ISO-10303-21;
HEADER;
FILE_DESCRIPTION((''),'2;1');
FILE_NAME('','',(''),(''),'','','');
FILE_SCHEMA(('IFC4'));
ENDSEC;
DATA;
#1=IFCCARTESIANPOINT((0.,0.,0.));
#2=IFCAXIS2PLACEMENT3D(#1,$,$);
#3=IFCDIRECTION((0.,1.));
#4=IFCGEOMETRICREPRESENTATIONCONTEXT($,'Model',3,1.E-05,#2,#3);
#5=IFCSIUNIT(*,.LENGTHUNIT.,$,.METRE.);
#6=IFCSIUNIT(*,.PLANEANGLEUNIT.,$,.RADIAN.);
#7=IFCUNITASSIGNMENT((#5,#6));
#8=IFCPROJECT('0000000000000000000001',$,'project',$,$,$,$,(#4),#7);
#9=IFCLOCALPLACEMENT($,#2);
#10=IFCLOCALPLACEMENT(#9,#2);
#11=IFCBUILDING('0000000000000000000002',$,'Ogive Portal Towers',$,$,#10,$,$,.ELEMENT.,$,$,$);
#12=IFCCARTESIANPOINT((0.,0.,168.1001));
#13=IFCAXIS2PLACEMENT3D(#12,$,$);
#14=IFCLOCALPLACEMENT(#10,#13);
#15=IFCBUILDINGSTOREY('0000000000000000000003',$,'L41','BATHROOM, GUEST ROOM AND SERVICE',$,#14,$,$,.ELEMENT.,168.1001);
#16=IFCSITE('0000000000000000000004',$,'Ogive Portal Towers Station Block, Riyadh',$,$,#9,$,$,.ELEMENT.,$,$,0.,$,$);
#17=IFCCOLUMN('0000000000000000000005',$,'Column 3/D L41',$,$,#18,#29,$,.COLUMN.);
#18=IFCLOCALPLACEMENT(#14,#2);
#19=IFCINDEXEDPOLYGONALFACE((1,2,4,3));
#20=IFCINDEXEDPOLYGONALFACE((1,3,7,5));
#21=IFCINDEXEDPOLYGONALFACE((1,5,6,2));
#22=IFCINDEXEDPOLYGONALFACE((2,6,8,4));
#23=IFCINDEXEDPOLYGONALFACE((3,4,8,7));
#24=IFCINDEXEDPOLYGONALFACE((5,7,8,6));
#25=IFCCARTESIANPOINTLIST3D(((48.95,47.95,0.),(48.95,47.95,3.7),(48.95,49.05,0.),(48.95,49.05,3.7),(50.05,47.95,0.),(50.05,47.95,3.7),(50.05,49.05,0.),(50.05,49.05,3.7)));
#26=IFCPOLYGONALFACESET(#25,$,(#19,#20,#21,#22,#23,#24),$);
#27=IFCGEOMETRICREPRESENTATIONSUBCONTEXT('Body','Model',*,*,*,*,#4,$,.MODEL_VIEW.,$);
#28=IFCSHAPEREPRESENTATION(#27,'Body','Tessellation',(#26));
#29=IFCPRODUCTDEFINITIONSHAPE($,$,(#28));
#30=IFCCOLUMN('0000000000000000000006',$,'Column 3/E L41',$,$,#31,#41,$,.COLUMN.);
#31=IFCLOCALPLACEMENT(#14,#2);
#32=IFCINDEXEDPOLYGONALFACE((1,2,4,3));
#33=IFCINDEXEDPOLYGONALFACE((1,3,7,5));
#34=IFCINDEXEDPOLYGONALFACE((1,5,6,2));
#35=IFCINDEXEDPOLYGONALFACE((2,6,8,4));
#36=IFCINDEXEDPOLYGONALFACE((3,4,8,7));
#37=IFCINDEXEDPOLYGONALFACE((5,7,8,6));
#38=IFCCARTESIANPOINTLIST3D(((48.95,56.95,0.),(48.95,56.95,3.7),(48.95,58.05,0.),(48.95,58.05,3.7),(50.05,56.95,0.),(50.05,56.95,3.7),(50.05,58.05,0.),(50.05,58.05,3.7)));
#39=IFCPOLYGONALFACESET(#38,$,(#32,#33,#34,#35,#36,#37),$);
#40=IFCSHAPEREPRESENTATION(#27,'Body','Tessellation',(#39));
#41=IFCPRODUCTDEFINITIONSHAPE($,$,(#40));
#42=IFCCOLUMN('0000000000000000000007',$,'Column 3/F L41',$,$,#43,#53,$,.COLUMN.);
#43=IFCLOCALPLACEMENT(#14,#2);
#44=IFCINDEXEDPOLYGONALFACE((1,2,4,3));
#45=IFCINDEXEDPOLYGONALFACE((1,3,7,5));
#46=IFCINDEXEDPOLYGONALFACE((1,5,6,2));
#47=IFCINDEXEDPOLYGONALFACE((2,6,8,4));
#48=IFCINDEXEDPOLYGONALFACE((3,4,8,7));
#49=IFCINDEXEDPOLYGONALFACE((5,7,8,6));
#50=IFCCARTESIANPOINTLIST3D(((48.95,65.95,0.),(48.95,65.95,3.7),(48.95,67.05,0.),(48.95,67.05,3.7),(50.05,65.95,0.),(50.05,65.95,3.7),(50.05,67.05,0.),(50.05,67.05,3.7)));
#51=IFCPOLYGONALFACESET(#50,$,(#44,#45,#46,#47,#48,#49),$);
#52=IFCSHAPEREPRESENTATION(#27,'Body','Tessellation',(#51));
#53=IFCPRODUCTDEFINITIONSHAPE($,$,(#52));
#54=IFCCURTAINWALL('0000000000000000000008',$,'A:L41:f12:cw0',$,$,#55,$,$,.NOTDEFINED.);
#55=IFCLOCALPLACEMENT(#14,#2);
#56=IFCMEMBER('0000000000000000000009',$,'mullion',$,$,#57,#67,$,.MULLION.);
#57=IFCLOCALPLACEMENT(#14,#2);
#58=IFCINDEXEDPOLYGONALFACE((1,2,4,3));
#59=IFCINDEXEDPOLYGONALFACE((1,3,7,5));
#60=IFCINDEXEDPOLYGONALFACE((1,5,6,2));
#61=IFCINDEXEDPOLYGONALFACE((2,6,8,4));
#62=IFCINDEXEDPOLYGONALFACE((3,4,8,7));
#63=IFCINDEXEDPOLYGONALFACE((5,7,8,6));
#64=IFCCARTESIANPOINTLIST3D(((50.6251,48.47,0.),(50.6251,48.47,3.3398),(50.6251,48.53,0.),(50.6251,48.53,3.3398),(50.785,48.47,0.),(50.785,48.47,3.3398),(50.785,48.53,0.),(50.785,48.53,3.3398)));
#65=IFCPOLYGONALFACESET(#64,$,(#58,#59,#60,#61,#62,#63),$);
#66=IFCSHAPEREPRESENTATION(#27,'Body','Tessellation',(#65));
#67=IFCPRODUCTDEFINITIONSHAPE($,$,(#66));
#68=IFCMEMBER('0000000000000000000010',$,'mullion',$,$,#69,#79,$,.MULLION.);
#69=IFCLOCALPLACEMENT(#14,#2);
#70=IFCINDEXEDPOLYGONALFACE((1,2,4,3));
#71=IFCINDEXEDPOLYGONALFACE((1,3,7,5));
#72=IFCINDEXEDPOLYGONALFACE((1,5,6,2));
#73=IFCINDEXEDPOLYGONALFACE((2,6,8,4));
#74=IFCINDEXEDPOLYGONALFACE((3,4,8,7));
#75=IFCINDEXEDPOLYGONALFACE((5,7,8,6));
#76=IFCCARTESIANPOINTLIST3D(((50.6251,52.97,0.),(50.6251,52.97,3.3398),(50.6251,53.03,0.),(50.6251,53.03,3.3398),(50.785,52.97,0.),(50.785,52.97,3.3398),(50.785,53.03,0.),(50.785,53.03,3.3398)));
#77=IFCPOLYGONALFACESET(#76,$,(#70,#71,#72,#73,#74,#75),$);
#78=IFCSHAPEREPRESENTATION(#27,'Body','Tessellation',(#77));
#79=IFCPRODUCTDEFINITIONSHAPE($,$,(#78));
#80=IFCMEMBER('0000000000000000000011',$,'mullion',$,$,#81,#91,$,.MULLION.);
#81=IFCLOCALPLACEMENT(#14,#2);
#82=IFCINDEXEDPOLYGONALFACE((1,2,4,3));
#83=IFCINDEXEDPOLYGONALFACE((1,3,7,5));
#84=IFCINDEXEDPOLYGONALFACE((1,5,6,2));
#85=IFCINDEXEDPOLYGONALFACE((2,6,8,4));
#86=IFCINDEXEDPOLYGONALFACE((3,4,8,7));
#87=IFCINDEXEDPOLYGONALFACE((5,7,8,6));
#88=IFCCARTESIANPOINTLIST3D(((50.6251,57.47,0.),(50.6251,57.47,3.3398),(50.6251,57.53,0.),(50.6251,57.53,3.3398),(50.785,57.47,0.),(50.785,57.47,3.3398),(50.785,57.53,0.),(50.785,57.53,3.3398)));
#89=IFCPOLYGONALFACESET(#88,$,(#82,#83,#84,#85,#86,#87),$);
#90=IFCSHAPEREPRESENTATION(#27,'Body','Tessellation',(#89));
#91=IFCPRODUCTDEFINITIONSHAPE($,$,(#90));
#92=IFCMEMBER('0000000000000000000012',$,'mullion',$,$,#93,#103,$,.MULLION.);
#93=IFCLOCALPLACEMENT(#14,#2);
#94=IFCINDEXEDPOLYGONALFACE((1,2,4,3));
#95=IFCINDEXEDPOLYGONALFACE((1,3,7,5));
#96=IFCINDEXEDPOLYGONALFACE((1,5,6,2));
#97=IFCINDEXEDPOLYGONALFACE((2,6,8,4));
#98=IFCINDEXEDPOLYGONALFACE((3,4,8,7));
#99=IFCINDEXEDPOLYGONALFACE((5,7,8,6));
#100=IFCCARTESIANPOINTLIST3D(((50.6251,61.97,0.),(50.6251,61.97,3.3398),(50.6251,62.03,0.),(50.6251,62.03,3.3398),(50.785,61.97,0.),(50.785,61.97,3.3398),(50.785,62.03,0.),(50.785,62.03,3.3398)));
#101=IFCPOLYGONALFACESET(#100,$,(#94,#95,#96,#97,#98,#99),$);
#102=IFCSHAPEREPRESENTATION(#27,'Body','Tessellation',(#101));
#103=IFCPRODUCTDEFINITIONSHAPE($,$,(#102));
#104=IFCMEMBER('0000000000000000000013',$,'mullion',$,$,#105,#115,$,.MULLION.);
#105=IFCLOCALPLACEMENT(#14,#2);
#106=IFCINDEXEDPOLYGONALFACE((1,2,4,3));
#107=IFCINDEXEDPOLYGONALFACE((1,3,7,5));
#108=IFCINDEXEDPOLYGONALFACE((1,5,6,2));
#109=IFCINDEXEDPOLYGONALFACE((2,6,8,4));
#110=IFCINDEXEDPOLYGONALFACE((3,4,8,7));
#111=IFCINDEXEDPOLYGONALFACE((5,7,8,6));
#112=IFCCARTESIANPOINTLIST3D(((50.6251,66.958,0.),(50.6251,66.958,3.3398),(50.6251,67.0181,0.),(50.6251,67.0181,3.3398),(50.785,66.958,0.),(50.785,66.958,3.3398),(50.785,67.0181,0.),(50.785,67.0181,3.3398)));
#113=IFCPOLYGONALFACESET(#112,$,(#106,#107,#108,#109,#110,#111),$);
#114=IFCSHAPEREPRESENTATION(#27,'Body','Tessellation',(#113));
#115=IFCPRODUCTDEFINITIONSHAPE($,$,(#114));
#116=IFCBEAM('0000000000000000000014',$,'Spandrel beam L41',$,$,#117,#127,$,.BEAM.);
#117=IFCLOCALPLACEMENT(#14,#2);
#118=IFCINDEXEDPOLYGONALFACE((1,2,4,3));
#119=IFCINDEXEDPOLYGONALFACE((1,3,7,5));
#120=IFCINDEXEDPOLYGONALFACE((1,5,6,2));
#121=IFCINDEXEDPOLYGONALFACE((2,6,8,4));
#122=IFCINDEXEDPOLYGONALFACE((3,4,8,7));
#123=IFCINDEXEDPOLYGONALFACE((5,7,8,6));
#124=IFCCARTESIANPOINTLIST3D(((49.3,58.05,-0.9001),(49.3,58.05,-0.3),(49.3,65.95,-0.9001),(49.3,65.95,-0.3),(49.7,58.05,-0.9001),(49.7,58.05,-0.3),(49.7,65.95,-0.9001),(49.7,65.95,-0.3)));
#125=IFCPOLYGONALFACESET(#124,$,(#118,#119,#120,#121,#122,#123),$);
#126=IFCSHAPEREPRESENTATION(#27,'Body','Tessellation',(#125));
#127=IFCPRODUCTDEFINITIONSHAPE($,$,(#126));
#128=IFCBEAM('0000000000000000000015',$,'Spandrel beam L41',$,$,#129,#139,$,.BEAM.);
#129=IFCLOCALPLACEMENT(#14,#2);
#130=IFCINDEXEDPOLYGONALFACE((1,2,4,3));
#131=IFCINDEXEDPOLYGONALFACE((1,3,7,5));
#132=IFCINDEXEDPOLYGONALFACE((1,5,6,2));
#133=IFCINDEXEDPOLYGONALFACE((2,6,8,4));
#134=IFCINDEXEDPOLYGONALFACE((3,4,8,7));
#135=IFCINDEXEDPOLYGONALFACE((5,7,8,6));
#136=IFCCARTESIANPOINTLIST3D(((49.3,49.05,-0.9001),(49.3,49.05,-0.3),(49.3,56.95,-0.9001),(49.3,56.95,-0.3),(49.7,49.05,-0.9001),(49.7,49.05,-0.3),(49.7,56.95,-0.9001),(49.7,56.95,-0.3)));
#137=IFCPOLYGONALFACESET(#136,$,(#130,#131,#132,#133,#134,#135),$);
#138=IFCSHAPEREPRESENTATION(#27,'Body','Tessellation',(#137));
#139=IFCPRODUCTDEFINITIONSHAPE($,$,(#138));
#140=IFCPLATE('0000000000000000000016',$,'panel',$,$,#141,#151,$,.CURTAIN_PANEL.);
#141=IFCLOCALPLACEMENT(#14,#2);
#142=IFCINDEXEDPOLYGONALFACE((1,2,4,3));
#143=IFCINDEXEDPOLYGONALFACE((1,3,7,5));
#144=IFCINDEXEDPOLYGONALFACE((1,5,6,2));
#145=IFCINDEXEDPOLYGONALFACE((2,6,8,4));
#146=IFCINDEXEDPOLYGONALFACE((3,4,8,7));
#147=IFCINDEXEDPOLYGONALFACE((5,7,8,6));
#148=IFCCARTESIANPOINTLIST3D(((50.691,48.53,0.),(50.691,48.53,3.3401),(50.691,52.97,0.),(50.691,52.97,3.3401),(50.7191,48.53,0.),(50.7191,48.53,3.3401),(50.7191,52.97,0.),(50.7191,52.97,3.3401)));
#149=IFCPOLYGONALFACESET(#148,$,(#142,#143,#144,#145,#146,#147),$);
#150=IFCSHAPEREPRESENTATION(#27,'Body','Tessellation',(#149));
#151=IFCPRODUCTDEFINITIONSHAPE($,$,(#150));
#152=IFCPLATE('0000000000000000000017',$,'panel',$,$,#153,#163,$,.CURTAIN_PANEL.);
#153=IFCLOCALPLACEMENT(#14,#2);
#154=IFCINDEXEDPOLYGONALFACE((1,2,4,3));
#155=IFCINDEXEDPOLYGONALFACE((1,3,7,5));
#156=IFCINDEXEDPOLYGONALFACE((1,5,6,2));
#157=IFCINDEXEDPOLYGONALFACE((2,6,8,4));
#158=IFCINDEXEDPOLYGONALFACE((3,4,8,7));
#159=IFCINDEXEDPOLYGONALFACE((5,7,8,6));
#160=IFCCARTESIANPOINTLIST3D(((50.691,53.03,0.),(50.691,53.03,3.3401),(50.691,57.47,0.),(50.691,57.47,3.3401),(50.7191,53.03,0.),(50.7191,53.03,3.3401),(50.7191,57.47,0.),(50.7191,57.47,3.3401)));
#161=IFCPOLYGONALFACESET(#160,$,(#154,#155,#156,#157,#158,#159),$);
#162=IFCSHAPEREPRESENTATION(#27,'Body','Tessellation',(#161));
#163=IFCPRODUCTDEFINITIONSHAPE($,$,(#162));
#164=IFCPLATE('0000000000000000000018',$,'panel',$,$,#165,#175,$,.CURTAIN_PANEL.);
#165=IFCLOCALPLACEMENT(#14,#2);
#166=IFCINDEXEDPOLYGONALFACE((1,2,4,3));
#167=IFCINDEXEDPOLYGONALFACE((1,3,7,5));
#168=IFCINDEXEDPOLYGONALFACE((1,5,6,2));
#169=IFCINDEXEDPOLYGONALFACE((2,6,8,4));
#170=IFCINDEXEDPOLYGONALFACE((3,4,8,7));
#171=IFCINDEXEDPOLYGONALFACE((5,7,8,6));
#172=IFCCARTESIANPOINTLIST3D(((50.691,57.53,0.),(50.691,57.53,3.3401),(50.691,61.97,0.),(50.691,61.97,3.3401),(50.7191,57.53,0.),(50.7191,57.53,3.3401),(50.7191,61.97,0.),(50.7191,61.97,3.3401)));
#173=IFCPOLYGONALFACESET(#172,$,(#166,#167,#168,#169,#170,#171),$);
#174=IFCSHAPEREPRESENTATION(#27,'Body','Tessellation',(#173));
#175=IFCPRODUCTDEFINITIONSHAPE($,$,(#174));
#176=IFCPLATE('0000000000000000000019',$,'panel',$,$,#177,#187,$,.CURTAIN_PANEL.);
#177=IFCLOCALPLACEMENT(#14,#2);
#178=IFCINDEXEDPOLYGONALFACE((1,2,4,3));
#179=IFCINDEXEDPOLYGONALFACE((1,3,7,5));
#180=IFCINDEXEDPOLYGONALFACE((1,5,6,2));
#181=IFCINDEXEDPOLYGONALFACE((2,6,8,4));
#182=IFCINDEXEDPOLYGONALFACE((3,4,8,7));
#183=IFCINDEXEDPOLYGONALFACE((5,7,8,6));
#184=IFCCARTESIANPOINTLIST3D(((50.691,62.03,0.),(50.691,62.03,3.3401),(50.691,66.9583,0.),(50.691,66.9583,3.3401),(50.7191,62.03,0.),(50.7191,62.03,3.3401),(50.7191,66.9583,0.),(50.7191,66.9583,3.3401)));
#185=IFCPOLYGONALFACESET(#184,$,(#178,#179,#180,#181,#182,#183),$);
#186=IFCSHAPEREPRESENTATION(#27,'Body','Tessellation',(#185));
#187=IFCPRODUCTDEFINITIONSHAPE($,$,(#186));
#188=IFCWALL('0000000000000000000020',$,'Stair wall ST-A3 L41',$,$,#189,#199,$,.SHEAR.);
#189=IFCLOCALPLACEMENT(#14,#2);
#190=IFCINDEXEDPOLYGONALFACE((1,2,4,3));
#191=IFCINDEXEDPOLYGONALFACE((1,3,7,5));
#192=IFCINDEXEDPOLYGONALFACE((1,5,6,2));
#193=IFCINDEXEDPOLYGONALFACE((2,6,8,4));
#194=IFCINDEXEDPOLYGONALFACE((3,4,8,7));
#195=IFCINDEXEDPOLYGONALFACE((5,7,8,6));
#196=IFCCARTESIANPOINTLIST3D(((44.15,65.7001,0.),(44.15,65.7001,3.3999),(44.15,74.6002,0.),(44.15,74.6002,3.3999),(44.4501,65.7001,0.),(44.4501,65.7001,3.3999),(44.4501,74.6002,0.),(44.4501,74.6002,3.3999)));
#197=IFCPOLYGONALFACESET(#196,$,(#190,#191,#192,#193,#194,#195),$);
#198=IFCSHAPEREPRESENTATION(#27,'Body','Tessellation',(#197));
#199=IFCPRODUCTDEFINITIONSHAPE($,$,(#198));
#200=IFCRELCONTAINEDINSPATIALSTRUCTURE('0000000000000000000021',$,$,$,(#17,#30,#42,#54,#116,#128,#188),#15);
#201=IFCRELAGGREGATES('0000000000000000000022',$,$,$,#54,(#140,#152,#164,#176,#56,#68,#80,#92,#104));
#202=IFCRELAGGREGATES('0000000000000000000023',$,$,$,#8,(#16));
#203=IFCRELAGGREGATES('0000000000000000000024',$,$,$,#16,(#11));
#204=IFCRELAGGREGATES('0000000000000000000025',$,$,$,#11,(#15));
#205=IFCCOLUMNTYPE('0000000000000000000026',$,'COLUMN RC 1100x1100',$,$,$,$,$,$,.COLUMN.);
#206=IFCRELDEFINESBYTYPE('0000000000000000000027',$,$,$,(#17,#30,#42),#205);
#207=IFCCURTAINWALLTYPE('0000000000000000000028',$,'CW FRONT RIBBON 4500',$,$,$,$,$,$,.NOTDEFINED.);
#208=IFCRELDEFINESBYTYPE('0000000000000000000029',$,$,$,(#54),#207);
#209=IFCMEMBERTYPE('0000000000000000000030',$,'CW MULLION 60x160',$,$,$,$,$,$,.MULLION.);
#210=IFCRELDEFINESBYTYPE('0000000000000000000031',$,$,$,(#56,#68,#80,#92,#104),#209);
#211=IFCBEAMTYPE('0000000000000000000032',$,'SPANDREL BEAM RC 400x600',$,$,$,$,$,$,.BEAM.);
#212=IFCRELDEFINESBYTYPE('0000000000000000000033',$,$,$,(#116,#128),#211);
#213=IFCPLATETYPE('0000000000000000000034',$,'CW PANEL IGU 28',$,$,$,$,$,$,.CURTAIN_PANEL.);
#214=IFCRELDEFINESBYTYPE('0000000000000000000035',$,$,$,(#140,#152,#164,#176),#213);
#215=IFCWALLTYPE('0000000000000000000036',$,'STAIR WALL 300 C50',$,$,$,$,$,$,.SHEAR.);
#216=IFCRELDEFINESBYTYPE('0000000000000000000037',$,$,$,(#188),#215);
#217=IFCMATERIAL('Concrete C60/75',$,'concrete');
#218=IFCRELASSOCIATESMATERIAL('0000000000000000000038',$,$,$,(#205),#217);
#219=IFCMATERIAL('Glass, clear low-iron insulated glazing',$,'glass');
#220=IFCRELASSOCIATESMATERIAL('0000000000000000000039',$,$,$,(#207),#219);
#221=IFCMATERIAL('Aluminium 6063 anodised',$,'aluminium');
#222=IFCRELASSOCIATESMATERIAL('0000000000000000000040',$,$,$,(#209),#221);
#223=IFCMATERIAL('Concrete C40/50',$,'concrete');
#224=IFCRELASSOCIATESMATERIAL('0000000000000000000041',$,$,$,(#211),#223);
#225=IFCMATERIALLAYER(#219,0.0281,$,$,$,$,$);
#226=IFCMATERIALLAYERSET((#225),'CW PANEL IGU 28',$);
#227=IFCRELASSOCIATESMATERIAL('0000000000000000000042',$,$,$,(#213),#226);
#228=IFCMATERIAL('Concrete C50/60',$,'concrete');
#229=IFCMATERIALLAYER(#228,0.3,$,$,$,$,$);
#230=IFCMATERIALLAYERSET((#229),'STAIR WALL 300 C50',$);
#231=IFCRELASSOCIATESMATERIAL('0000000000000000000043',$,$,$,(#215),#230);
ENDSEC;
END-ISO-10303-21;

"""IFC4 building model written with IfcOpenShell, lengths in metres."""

from ifc_helpers import new_model, si_unit, direction, frame, frame_2d, origin, origin_2d, place, context, subcontext, project, spatial, rectangle, extrude, material, layer, layer_set, material_profile, profile_set, type_object, element, aggregate, save


model = new_model("IFC4")

# Units and contexts
model_context = context("Model", 3, precision=1e-05, world=origin(), true_north=direction((0.0, 1.0)))
body_context = subcontext(model_context, "Body", "Model", "MODEL_VIEW")
ifc_project = project(units=[si_unit("LENGTHUNIT", "METRE"), si_unit("PLANEANGLEUNIT", "RADIAN")], contexts=[model_context])

# Site, building, storey
site_placement = place(None, origin())
site = spatial("IfcSite", under=ifc_project, at=site_placement, Name="Ogive Portal Towers Station Block, Riyadh", CompositionType="ELEMENT", RefElevation=0.0)
building_placement = place(site_placement, origin())
building = spatial("IfcBuilding", under=site, at=building_placement, Name="Ogive Portal Towers", CompositionType="ELEMENT")
storey_placement = place(building_placement, frame((0.0, 0.0, 168.1001)))
storey = spatial("IfcBuildingStorey", under=building, at=storey_placement, Name="L41", Description="BATHROOM, GUEST ROOM AND SERVICE", CompositionType="ELEMENT", Elevation=168.1001)

# Columns
ifc_material_1 = material(Name="Concrete C60/75", Category="concrete")
ifc_material_profile_1 = material_profile(ifc_material_1, rectangle(XDim=1.1001, YDim=1.1001, at=origin_2d()), Name="RC 1100x1100")
ifc_profile_set_1 = profile_set([ifc_material_profile_1], Name="Concrete C60/75")
column_type = type_object("IfcColumnType", Name="COLUMN RC 1100x1100", PredefinedType="COLUMN", material=ifc_profile_set_1)
for number, where, z_axis, x_axis, name in (
    (1, (49.5, 48.5, 0.0), (0.0, 0.0, 1.0), (1.0, 0.0, 0.0), "Column 3/D L41"),
    (2, (49.5, 57.5, 0.0), (0.0, 0.0, 1.0), (1.0, 0.0, 0.0), "Column 3/E L41"),
    (3, (49.5, 66.5, 0.0), (0.0, 0.0, 1.0), (1.0, 0.0, 0.0), "Column 3/F L41"),
):
    element("IfcColumn", number, at=place(storey_placement, frame(where, z_axis=z_axis, x_axis=x_axis)), inside=storey, type_object=column_type, Name=name, PredefinedType="COLUMN", context=body_context, shape_type="SweptSolid", body=[
        extrude(rectangle(XDim=1.1001, YDim=1.1001, at=origin_2d()), origin(), (0.0, 0.0, 1.0), 3.7),
    ])

# Curtain wall, members
ifc_material_2 = material(Name="Glass, clear low-iron insulated glazing", Category="glass")
curtain_wall_type = type_object("IfcCurtainWallType", Name="CW FRONT RIBBON 4500", PredefinedType="NOTDEFINED", material=ifc_material_2)
curtain_wall_placement = place(storey_placement, origin())
curtain_wall = element("IfcCurtainWall", 4, at=curtain_wall_placement, inside=storey, type_object=curtain_wall_type, Name="A:L41:f12:cw0", PredefinedType="NOTDEFINED")
ifc_material_3 = material(Name="Aluminium 6063 anodised", Category="aluminium")
ifc_material_profile_2 = material_profile(ifc_material_3, rectangle(XDim=0.1599, YDim=0.0601, at=origin_2d()), Name="AL 60x160")
ifc_profile_set_2 = profile_set([ifc_material_profile_2], Name="Aluminium 6063 anodised")
member_type = type_object("IfcMemberType", Name="CW MULLION 60x160", PredefinedType="MULLION", material=ifc_profile_set_2)
member_1_placement = place(storey_placement, frame((50.7051, 48.5, 0.0), z_axis=(0.0, 0.0, 1.0), x_axis=(-1.0, 0.0, 0.0)))
member_1 = element("IfcMember", 5, at=member_1_placement, type_object=member_type, Name="mullion", PredefinedType="MULLION", context=body_context, shape_type="SweptSolid", body=[
    extrude(rectangle(XDim=0.1599, YDim=0.0601, at=origin_2d()), origin(), (0.0, 0.0, 1.0), 3.3398),
])
member_2_placement = place(storey_placement, frame((50.7051, 53.0, 0.0), z_axis=(0.0, 0.0, 1.0), x_axis=(-1.0, 0.0, 0.0)))
member_2 = element("IfcMember", 6, at=member_2_placement, type_object=member_type, Name="mullion", PredefinedType="MULLION", context=body_context, shape_type="SweptSolid", body=[
    extrude(rectangle(XDim=0.1599, YDim=0.0601, at=origin_2d()), origin(), (0.0, 0.0, 1.0), 3.3398),
])
member_3_placement = place(storey_placement, frame((50.7051, 57.5, 0.0), z_axis=(0.0, 0.0, 1.0), x_axis=(-1.0, 0.0, 0.0)))
member_3 = element("IfcMember", 7, at=member_3_placement, type_object=member_type, Name="mullion", PredefinedType="MULLION", context=body_context, shape_type="SweptSolid", body=[
    extrude(rectangle(XDim=0.1599, YDim=0.0601, at=origin_2d()), origin(), (0.0, 0.0, 1.0), 3.3398),
])
member_4_placement = place(storey_placement, frame((50.7051, 62.0, 0.0), z_axis=(0.0, 0.0, 1.0), x_axis=(-1.0, 0.0, 0.0)))
member_4 = element("IfcMember", 8, at=member_4_placement, type_object=member_type, Name="mullion", PredefinedType="MULLION", context=body_context, shape_type="SweptSolid", body=[
    extrude(rectangle(XDim=0.1599, YDim=0.0601, at=origin_2d()), origin(), (0.0, 0.0, 1.0), 3.3398),
])
member_5_placement = place(storey_placement, frame((50.7051, 66.988, 0.0), z_axis=(0.0, 0.0, 1.0), x_axis=(-1.0, 0.0, 0.0)))
member_5 = element("IfcMember", 9, at=member_5_placement, type_object=member_type, Name="mullion", PredefinedType="MULLION", context=body_context, shape_type="SweptSolid", body=[
    extrude(rectangle(XDim=0.1599, YDim=0.0601, at=origin_2d()), origin(), (0.0, 0.0, 1.0), 3.3398),
])

# Beams
ifc_material_4 = material(Name="Concrete C40/50", Category="concrete")
ifc_material_profile_3 = material_profile(ifc_material_4, rectangle(XDim=0.3999, YDim=0.6001, at=origin_2d()), Name="RC 400x600")
ifc_profile_set_3 = profile_set([ifc_material_profile_3], Name="Concrete C40/50")
beam_type = type_object("IfcBeamType", Name="SPANDREL BEAM RC 400x600", PredefinedType="BEAM", material=ifc_profile_set_3)
for number, where, z_axis, x_axis, name in (
    (10, (49.5, 65.95, -0.6001), (0.0, -1.0, 0.0), (1.0, 0.0, 0.0), "Spandrel beam L41"),
    (11, (49.5, 56.95, -0.6001), (0.0, -1.0, 0.0), (1.0, 0.0, 0.0), "Spandrel beam L41"),
):
    element("IfcBeam", number, at=place(storey_placement, frame(where, z_axis=z_axis, x_axis=x_axis)), inside=storey, type_object=beam_type, Name=name, PredefinedType="BEAM", context=body_context, shape_type="SweptSolid", body=[
        extrude(rectangle(XDim=0.3999, YDim=0.6001, at=origin_2d()), origin(), (0.0, 0.0, 1.0), 7.8999),
    ])

# Plates
ifc_layer_1 = layer(ifc_material_2, 0.0281)
ifc_layer_set_1 = layer_set([ifc_layer_1], Name="CW PANEL IGU 28")
plate_type = type_object("IfcPlateType", Name="CW PANEL IGU 28", PredefinedType="CURTAIN_PANEL", material=ifc_layer_set_1)
plate_1_placement = place(storey_placement, frame((50.7051, 50.75, 0.0), z_axis=(0.0, 0.0, 1.0), x_axis=(0.0, 1.0, 0.0)))
plate_1 = element("IfcPlate", 12, at=plate_1_placement, type_object=plate_type, Name="panel", PredefinedType="CURTAIN_PANEL", context=body_context, shape_type="SweptSolid", body=[
    extrude(rectangle(XDim=4.4399, YDim=0.0281, at=origin_2d()), origin(), (0.0, 0.0, 1.0), 3.3401),
])
plate_2_placement = place(storey_placement, frame((50.7051, 55.25, 0.0), z_axis=(0.0, 0.0, 1.0), x_axis=(0.0, 1.0, 0.0)))
plate_2 = element("IfcPlate", 13, at=plate_2_placement, type_object=plate_type, Name="panel", PredefinedType="CURTAIN_PANEL", context=body_context, shape_type="SweptSolid", body=[
    extrude(rectangle(XDim=4.4399, YDim=0.0281, at=origin_2d()), origin(), (0.0, 0.0, 1.0), 3.3401),
])
plate_3_placement = place(storey_placement, frame((50.7051, 59.75, 0.0), z_axis=(0.0, 0.0, 1.0), x_axis=(0.0, 1.0, 0.0)))
plate_3 = element("IfcPlate", 14, at=plate_3_placement, type_object=plate_type, Name="panel", PredefinedType="CURTAIN_PANEL", context=body_context, shape_type="SweptSolid", body=[
    extrude(rectangle(XDim=4.4399, YDim=0.0281, at=origin_2d()), origin(), (0.0, 0.0, 1.0), 3.3401),
])
plate_4_placement = place(storey_placement, frame((50.7051, 64.4941, 0.0), z_axis=(0.0, 0.0, 1.0), x_axis=(0.0, 1.0, 0.0)))
plate_4 = element("IfcPlate", 15, at=plate_4_placement, type_object=plate_type, Name="panel", PredefinedType="CURTAIN_PANEL", context=body_context, shape_type="SweptSolid", body=[
    extrude(rectangle(XDim=4.9282, YDim=0.0281, at=origin_2d()), origin(), (0.0, 0.0, 1.0), 3.3401),
])
aggregate(curtain_wall, [plate_1, plate_2, plate_3, plate_4, member_1, member_2, member_3, member_4, member_5])

# Wall
ifc_material_5 = material(Name="Concrete C50/60", Category="concrete")
ifc_layer_2 = layer(ifc_material_5, 0.3)
ifc_layer_set_2 = layer_set([ifc_layer_2], Name="STAIR WALL 300 C50")
wall_type_1 = type_object("IfcWallType", Name="STAIR WALL 300 C50", PredefinedType="SHEAR", material=ifc_layer_set_2)
wall_1_placement = place(storey_placement, frame((44.3, 65.7, 0.0), z_axis=(0.0, 0.0, 1.0), x_axis=(0.0, 1.0, 0.0)))
element("IfcWall", 16, at=wall_1_placement, inside=storey, type_object=wall_type_1, Name="Stair wall ST-A3 L41", PredefinedType="SHEAR", context=body_context, shape_type="SweptSolid", body=[
    extrude(rectangle(XDim=8.9001, YDim=0.3, at=frame_2d((4.4502, 0.0))), origin(), (0.0, 0.0, 1.0), 3.3999),
])

save(model, "model.ifc")
